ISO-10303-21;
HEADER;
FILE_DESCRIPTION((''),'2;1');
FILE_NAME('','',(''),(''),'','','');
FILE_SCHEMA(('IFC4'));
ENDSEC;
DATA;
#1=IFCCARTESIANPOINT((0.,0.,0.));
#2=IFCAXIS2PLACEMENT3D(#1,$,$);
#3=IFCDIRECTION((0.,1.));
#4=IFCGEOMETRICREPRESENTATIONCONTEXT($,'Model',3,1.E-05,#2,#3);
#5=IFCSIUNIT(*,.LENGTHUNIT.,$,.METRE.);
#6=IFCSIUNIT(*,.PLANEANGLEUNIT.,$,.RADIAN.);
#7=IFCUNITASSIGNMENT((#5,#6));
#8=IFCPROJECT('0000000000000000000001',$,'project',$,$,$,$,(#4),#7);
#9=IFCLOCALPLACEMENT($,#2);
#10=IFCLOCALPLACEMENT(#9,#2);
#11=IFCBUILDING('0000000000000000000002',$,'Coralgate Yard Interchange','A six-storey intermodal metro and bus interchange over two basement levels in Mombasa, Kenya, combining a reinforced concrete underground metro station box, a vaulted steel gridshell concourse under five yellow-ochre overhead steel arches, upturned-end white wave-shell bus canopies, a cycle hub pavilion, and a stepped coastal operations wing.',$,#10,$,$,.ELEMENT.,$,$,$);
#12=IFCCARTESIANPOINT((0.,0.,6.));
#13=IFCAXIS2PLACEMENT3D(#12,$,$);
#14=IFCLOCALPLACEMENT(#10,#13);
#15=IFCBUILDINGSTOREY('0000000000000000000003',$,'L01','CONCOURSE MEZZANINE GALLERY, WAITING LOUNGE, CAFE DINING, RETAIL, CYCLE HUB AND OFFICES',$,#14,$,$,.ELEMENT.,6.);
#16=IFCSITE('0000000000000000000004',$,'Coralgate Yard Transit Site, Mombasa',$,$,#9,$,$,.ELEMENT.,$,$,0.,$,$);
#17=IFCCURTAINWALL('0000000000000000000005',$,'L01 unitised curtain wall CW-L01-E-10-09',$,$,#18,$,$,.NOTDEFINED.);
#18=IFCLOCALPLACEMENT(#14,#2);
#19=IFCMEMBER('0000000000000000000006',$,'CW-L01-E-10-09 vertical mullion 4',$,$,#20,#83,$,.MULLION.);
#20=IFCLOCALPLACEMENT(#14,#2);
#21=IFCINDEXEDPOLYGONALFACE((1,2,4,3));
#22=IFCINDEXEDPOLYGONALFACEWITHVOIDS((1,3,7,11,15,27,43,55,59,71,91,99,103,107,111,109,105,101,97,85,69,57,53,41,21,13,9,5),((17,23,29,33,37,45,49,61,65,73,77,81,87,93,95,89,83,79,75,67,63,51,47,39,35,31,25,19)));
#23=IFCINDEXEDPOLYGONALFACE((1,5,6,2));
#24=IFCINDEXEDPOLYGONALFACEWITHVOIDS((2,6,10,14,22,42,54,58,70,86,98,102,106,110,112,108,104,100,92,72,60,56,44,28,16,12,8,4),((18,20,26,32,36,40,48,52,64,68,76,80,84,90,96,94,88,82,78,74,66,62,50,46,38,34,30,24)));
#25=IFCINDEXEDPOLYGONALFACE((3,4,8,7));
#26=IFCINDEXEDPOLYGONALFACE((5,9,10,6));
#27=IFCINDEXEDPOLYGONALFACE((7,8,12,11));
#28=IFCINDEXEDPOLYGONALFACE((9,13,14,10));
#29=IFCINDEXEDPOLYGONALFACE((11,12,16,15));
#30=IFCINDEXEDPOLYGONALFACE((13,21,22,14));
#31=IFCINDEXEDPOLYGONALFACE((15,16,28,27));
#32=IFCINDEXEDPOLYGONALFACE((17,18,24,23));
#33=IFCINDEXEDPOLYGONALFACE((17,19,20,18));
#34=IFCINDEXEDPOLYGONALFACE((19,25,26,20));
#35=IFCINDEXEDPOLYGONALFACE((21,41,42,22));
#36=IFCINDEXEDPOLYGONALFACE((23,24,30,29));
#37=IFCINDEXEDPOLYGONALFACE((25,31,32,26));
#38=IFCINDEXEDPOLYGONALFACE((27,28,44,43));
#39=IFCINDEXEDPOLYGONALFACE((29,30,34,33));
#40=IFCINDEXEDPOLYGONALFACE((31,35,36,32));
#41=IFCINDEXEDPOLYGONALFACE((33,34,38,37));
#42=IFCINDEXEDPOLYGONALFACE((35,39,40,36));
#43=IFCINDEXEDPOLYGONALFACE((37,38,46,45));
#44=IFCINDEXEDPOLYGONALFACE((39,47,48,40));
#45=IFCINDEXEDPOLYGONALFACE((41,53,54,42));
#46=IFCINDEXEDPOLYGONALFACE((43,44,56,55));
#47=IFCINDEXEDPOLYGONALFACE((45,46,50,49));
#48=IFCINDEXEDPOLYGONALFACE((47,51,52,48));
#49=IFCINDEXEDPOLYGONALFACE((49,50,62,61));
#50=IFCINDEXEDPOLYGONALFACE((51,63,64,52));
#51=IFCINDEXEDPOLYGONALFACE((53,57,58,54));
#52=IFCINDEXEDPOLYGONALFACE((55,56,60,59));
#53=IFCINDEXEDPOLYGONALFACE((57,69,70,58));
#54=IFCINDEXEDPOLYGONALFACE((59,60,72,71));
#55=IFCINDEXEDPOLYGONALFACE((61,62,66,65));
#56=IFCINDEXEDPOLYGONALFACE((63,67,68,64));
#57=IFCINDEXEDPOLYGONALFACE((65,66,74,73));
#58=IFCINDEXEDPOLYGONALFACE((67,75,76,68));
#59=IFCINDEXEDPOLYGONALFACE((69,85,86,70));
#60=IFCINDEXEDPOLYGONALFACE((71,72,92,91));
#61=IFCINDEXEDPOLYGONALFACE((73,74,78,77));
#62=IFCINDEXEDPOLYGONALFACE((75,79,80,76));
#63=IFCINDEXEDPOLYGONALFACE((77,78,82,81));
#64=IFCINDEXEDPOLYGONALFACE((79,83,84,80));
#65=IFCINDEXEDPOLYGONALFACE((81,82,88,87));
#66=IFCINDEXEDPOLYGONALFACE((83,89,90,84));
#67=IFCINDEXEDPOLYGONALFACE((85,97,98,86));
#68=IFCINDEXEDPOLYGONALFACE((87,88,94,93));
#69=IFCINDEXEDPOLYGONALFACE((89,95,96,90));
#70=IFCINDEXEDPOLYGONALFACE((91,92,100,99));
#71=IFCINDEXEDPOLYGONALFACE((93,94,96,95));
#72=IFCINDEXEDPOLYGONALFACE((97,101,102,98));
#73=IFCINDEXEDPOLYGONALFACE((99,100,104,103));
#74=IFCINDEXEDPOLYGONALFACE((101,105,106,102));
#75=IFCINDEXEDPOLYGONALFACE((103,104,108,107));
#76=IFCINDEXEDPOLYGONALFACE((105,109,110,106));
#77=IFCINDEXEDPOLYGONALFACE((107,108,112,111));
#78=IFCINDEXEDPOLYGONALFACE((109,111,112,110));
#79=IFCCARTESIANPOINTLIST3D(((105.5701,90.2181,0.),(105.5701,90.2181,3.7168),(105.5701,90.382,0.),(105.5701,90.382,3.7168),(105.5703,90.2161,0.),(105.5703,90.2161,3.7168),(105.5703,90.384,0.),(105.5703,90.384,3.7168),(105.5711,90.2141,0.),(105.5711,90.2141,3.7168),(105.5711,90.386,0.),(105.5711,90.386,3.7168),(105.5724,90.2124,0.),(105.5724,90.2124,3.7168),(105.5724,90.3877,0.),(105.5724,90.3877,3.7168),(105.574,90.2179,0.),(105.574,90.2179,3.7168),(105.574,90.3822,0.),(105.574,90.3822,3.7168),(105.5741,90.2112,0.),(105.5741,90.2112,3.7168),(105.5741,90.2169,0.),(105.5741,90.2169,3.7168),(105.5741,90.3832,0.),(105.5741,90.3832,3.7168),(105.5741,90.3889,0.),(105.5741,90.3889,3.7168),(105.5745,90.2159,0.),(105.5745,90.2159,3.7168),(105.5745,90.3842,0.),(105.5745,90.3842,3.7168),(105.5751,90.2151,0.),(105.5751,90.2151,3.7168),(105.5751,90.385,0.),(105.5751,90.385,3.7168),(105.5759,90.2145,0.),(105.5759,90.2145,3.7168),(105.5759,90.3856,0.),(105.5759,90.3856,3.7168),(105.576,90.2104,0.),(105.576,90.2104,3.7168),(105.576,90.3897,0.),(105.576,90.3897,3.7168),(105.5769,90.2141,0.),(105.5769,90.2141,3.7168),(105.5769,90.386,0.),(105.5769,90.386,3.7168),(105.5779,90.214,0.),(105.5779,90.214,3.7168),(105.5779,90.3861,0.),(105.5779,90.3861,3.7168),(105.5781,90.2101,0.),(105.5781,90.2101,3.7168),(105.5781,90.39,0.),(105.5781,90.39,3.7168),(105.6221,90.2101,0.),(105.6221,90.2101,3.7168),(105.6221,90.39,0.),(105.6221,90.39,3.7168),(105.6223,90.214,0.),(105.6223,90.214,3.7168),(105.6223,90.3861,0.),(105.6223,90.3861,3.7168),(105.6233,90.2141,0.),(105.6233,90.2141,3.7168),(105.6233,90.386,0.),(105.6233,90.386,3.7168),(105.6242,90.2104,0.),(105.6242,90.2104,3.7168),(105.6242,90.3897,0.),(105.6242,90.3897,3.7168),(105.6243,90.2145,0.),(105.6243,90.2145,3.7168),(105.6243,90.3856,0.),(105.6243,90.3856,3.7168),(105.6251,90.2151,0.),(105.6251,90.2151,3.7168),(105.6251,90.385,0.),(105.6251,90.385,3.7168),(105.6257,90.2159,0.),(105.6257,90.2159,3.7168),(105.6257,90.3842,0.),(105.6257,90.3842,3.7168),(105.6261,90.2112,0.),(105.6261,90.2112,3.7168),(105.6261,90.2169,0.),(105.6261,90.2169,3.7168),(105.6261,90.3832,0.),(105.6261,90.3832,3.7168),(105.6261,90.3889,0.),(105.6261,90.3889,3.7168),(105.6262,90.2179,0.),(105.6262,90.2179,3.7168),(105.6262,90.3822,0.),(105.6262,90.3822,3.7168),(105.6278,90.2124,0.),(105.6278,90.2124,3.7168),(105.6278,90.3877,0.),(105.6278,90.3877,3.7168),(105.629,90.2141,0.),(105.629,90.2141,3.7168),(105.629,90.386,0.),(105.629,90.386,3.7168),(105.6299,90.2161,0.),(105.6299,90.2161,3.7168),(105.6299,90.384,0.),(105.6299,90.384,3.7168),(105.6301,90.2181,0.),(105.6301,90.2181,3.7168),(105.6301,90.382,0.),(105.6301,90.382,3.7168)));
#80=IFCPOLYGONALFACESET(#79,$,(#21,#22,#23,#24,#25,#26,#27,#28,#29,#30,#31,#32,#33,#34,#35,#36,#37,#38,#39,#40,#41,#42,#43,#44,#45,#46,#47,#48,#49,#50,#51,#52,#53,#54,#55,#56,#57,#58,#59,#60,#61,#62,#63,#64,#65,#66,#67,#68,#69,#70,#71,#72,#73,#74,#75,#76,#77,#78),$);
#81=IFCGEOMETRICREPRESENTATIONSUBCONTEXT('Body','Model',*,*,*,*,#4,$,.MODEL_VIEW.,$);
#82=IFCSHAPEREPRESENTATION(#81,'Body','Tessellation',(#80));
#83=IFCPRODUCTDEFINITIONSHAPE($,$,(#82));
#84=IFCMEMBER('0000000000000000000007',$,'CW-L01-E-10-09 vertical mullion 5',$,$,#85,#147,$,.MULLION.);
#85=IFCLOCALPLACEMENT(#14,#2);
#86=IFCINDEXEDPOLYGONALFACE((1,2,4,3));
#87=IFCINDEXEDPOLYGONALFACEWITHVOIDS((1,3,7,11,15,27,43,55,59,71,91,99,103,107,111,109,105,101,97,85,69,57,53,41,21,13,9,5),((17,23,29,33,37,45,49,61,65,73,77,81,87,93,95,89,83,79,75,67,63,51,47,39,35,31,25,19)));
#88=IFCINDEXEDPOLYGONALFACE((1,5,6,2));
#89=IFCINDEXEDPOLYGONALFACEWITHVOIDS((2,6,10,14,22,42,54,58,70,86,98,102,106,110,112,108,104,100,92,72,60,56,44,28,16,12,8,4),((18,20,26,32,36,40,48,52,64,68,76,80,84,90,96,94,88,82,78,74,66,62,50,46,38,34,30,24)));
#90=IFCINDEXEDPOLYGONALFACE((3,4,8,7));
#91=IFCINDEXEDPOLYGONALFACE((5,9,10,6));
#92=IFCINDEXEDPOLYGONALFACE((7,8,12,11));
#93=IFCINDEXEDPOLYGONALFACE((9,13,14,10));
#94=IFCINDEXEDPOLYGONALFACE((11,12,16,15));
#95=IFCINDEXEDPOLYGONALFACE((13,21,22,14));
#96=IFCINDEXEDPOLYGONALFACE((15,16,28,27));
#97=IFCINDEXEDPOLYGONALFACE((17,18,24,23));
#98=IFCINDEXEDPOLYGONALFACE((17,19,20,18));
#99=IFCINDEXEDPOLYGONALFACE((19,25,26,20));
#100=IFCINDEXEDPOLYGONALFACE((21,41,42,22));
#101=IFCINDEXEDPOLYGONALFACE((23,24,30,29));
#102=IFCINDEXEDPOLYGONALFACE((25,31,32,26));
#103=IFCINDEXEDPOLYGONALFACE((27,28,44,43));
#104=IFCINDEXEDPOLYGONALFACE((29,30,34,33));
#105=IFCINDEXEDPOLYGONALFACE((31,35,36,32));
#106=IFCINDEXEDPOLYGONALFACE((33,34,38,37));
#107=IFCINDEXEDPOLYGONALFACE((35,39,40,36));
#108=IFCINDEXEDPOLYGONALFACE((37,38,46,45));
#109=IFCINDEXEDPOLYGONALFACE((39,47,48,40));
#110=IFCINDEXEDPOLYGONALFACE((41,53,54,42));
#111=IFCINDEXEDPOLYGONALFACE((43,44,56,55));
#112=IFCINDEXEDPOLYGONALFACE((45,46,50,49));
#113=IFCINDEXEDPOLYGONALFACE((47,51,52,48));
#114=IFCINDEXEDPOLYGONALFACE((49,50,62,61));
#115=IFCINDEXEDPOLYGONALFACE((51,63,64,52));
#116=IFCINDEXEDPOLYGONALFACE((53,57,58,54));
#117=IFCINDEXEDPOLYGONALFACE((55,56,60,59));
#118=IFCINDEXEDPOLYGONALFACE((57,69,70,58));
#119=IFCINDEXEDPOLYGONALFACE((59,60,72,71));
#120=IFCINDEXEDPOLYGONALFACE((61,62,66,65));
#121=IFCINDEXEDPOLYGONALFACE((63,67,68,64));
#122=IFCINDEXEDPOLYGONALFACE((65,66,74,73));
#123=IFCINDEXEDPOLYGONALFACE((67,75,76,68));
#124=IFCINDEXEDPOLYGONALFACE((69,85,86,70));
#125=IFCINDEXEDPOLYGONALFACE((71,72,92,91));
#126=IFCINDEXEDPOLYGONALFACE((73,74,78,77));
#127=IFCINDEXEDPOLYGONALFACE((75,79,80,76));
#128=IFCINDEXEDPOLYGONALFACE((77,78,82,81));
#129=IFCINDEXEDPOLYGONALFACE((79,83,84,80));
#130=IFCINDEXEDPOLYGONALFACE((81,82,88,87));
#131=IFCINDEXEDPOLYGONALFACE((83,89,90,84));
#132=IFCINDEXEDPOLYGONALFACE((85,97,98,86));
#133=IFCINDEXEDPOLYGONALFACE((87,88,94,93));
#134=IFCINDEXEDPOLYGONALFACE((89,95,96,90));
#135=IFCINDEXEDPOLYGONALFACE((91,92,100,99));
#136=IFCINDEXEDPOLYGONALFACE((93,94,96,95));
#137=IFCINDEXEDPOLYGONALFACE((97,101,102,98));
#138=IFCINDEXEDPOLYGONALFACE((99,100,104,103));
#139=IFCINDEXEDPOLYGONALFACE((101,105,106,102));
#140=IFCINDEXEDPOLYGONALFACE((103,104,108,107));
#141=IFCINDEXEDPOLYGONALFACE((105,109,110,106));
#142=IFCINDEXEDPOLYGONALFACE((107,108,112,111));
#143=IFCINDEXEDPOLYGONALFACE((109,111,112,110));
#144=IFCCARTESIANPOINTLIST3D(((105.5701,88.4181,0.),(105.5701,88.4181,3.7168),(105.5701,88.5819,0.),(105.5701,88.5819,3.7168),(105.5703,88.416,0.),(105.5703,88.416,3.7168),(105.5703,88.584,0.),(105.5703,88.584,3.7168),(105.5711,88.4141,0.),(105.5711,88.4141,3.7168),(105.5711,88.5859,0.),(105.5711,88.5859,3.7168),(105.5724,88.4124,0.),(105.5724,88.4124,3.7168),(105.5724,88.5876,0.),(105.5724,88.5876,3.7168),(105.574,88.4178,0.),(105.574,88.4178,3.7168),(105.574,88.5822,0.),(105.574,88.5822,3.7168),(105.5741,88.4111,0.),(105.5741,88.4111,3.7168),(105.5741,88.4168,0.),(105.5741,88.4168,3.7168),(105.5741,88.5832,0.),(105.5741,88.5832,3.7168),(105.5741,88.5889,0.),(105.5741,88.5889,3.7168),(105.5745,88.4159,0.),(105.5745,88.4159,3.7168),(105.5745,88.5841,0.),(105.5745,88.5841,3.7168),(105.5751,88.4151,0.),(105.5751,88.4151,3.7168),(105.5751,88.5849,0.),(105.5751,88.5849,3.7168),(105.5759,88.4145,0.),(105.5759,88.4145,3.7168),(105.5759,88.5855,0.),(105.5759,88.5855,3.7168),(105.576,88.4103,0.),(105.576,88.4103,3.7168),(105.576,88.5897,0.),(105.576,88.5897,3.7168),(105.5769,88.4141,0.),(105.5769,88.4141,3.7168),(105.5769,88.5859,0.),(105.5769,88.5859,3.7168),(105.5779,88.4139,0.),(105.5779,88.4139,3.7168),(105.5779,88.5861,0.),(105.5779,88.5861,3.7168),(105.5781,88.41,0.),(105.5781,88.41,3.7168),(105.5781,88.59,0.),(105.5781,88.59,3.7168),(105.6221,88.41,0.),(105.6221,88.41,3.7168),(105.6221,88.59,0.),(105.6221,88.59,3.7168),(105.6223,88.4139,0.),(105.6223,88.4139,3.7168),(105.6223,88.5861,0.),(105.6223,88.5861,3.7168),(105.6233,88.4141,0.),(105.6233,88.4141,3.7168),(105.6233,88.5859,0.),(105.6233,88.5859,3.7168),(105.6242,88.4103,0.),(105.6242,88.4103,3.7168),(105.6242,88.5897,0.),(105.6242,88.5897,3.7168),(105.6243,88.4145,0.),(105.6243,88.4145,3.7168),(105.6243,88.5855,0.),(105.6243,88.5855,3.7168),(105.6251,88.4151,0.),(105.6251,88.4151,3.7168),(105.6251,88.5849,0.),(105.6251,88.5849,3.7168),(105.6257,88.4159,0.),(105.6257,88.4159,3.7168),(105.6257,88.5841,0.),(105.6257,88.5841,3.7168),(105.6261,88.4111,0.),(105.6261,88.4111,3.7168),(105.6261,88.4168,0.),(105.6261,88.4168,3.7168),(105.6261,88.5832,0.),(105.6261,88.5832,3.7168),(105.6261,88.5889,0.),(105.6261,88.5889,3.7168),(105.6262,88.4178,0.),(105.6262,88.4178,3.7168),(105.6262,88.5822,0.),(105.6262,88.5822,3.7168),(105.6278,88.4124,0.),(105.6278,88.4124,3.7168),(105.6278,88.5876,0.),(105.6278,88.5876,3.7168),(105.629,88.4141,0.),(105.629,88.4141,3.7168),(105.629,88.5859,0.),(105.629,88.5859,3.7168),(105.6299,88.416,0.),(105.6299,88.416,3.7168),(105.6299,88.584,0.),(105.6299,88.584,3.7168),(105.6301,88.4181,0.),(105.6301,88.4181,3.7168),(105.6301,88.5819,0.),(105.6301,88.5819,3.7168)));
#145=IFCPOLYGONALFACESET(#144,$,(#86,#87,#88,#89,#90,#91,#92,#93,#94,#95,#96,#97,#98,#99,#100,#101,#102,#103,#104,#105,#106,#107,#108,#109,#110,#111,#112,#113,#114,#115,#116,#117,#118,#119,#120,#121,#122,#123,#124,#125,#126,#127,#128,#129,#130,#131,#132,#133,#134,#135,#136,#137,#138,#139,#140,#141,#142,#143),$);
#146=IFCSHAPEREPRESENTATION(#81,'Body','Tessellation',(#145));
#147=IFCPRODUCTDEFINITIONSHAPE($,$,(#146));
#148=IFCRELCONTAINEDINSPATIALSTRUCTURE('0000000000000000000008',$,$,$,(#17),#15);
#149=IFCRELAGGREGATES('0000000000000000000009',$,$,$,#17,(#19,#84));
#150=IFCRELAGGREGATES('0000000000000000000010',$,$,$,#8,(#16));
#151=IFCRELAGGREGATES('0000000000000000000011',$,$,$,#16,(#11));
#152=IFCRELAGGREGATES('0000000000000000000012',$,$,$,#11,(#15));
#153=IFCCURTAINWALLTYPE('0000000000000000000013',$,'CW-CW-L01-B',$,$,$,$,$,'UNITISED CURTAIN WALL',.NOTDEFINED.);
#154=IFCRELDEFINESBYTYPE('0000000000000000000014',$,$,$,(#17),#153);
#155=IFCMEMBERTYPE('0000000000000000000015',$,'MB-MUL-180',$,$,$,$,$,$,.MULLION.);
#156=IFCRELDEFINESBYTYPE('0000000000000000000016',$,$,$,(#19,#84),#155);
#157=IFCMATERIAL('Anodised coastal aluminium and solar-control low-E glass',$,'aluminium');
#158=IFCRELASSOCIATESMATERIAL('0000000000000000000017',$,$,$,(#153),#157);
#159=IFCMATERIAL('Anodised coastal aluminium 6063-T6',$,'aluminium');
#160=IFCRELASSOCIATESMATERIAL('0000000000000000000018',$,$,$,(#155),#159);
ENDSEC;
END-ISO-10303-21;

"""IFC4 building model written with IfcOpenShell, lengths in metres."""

from ifc_helpers import new_model, si_unit, direction, frame, origin, origin_2d, place, context, subcontext, project, spatial, hollow_rectangle, extrude, material, material_profile, profile_set, type_object, element, aggregate, save


model = new_model("IFC4")

# Units and contexts
model_context = context("Model", 3, precision=1e-05, world=origin(), true_north=direction((0.0, 1.0)))
body_context = subcontext(model_context, "Body", "Model", "MODEL_VIEW")
ifc_project = project(units=[si_unit("LENGTHUNIT", "METRE"), si_unit("PLANEANGLEUNIT", "RADIAN")], contexts=[model_context])

# Site, building, storey
site_placement = place(None, origin())
site = spatial("IfcSite", under=ifc_project, at=site_placement, Name="Coralgate Yard Transit Site, Mombasa", CompositionType="ELEMENT", RefElevation=0.0)
building_placement = place(site_placement, origin())
building = spatial("IfcBuilding", under=site, at=building_placement, Name="Coralgate Yard Interchange", Description="A six-storey intermodal metro and bus interchange over two basement levels in Mombasa, Kenya, combining a reinforced concrete underground metro station box, a vaulted steel gridshell concourse under five yellow-ochre overhead steel arches, upturned-end white wave-shell bus canopies, a cycle hub pavilion, and a stepped coastal operations wing.", CompositionType="ELEMENT")
storey_placement = place(building_placement, frame((0.0, 0.0, 6.0)))
storey = spatial("IfcBuildingStorey", under=building, at=storey_placement, Name="L01", Description="CONCOURSE MEZZANINE GALLERY, WAITING LOUNGE, CAFE DINING, RETAIL, CYCLE HUB AND OFFICES", CompositionType="ELEMENT", Elevation=6.0)

# Curtain wall, members
ifc_material_1 = material(Name="Anodised coastal aluminium and solar-control low-E glass", Category="aluminium")
curtain_wall_type = type_object("IfcCurtainWallType", Name="CW-CW-L01-B", ElementType="UNITISED CURTAIN WALL", PredefinedType="NOTDEFINED", material=ifc_material_1)
curtain_wall_placement = place(storey_placement, origin())
curtain_wall = element("IfcCurtainWall", 1, at=curtain_wall_placement, inside=storey, type_object=curtain_wall_type, Name="L01 unitised curtain wall CW-L01-E-10-09", PredefinedType="NOTDEFINED")
ifc_material_2 = material(Name="Anodised coastal aluminium 6063-T6", Category="aluminium")
ifc_material_profile_1 = material_profile(ifc_material_2, hollow_rectangle(XDim=0.0601, YDim=0.1799, WallThickness=0.0039, InnerFilletRadius=0.0039, OuterFilletRadius=0.0081, at=origin_2d()), Name="ALU 60x180x4")
ifc_profile_set_1 = profile_set([ifc_material_profile_1], Name="Anodised coastal aluminium 6063-T6")
member_type_1 = type_object("IfcMemberType", Name="MB-MUL-180", PredefinedType="MULLION", material=ifc_profile_set_1)
member_1_placement = place(storey_placement, frame((105.6001, 90.3, 0.0), z_axis=(0.0, 0.0, 1.0), x_axis=(1.0, 0.0, 0.0)))
member_1 = element("IfcMember", 2, at=member_1_placement, type_object=member_type_1, Name="CW-L01-E-10-09 vertical mullion 4", PredefinedType="MULLION", context=body_context, shape_type="SweptSolid", body=[
    extrude(hollow_rectangle(XDim=0.0601, YDim=0.1799, WallThickness=0.0039, InnerFilletRadius=0.0039, OuterFilletRadius=0.0081, at=origin_2d()), origin(), (0.0, 0.0, 1.0), 3.7168),
])
member_2_placement = place(storey_placement, frame((105.6001, 88.5, 0.0), z_axis=(0.0, 0.0, 1.0), x_axis=(1.0, 0.0, 0.0)))
member_2 = element("IfcMember", 3, at=member_2_placement, type_object=member_type_1, Name="CW-L01-E-10-09 vertical mullion 5", PredefinedType="MULLION", context=body_context, shape_type="SweptSolid", body=[
    extrude(hollow_rectangle(XDim=0.0601, YDim=0.1799, WallThickness=0.0039, InnerFilletRadius=0.0039, OuterFilletRadius=0.0081, at=origin_2d()), origin(), (0.0, 0.0, 1.0), 3.7168),
])
aggregate(curtain_wall, [member_1, member_2])

save(model, "model.ifc")
